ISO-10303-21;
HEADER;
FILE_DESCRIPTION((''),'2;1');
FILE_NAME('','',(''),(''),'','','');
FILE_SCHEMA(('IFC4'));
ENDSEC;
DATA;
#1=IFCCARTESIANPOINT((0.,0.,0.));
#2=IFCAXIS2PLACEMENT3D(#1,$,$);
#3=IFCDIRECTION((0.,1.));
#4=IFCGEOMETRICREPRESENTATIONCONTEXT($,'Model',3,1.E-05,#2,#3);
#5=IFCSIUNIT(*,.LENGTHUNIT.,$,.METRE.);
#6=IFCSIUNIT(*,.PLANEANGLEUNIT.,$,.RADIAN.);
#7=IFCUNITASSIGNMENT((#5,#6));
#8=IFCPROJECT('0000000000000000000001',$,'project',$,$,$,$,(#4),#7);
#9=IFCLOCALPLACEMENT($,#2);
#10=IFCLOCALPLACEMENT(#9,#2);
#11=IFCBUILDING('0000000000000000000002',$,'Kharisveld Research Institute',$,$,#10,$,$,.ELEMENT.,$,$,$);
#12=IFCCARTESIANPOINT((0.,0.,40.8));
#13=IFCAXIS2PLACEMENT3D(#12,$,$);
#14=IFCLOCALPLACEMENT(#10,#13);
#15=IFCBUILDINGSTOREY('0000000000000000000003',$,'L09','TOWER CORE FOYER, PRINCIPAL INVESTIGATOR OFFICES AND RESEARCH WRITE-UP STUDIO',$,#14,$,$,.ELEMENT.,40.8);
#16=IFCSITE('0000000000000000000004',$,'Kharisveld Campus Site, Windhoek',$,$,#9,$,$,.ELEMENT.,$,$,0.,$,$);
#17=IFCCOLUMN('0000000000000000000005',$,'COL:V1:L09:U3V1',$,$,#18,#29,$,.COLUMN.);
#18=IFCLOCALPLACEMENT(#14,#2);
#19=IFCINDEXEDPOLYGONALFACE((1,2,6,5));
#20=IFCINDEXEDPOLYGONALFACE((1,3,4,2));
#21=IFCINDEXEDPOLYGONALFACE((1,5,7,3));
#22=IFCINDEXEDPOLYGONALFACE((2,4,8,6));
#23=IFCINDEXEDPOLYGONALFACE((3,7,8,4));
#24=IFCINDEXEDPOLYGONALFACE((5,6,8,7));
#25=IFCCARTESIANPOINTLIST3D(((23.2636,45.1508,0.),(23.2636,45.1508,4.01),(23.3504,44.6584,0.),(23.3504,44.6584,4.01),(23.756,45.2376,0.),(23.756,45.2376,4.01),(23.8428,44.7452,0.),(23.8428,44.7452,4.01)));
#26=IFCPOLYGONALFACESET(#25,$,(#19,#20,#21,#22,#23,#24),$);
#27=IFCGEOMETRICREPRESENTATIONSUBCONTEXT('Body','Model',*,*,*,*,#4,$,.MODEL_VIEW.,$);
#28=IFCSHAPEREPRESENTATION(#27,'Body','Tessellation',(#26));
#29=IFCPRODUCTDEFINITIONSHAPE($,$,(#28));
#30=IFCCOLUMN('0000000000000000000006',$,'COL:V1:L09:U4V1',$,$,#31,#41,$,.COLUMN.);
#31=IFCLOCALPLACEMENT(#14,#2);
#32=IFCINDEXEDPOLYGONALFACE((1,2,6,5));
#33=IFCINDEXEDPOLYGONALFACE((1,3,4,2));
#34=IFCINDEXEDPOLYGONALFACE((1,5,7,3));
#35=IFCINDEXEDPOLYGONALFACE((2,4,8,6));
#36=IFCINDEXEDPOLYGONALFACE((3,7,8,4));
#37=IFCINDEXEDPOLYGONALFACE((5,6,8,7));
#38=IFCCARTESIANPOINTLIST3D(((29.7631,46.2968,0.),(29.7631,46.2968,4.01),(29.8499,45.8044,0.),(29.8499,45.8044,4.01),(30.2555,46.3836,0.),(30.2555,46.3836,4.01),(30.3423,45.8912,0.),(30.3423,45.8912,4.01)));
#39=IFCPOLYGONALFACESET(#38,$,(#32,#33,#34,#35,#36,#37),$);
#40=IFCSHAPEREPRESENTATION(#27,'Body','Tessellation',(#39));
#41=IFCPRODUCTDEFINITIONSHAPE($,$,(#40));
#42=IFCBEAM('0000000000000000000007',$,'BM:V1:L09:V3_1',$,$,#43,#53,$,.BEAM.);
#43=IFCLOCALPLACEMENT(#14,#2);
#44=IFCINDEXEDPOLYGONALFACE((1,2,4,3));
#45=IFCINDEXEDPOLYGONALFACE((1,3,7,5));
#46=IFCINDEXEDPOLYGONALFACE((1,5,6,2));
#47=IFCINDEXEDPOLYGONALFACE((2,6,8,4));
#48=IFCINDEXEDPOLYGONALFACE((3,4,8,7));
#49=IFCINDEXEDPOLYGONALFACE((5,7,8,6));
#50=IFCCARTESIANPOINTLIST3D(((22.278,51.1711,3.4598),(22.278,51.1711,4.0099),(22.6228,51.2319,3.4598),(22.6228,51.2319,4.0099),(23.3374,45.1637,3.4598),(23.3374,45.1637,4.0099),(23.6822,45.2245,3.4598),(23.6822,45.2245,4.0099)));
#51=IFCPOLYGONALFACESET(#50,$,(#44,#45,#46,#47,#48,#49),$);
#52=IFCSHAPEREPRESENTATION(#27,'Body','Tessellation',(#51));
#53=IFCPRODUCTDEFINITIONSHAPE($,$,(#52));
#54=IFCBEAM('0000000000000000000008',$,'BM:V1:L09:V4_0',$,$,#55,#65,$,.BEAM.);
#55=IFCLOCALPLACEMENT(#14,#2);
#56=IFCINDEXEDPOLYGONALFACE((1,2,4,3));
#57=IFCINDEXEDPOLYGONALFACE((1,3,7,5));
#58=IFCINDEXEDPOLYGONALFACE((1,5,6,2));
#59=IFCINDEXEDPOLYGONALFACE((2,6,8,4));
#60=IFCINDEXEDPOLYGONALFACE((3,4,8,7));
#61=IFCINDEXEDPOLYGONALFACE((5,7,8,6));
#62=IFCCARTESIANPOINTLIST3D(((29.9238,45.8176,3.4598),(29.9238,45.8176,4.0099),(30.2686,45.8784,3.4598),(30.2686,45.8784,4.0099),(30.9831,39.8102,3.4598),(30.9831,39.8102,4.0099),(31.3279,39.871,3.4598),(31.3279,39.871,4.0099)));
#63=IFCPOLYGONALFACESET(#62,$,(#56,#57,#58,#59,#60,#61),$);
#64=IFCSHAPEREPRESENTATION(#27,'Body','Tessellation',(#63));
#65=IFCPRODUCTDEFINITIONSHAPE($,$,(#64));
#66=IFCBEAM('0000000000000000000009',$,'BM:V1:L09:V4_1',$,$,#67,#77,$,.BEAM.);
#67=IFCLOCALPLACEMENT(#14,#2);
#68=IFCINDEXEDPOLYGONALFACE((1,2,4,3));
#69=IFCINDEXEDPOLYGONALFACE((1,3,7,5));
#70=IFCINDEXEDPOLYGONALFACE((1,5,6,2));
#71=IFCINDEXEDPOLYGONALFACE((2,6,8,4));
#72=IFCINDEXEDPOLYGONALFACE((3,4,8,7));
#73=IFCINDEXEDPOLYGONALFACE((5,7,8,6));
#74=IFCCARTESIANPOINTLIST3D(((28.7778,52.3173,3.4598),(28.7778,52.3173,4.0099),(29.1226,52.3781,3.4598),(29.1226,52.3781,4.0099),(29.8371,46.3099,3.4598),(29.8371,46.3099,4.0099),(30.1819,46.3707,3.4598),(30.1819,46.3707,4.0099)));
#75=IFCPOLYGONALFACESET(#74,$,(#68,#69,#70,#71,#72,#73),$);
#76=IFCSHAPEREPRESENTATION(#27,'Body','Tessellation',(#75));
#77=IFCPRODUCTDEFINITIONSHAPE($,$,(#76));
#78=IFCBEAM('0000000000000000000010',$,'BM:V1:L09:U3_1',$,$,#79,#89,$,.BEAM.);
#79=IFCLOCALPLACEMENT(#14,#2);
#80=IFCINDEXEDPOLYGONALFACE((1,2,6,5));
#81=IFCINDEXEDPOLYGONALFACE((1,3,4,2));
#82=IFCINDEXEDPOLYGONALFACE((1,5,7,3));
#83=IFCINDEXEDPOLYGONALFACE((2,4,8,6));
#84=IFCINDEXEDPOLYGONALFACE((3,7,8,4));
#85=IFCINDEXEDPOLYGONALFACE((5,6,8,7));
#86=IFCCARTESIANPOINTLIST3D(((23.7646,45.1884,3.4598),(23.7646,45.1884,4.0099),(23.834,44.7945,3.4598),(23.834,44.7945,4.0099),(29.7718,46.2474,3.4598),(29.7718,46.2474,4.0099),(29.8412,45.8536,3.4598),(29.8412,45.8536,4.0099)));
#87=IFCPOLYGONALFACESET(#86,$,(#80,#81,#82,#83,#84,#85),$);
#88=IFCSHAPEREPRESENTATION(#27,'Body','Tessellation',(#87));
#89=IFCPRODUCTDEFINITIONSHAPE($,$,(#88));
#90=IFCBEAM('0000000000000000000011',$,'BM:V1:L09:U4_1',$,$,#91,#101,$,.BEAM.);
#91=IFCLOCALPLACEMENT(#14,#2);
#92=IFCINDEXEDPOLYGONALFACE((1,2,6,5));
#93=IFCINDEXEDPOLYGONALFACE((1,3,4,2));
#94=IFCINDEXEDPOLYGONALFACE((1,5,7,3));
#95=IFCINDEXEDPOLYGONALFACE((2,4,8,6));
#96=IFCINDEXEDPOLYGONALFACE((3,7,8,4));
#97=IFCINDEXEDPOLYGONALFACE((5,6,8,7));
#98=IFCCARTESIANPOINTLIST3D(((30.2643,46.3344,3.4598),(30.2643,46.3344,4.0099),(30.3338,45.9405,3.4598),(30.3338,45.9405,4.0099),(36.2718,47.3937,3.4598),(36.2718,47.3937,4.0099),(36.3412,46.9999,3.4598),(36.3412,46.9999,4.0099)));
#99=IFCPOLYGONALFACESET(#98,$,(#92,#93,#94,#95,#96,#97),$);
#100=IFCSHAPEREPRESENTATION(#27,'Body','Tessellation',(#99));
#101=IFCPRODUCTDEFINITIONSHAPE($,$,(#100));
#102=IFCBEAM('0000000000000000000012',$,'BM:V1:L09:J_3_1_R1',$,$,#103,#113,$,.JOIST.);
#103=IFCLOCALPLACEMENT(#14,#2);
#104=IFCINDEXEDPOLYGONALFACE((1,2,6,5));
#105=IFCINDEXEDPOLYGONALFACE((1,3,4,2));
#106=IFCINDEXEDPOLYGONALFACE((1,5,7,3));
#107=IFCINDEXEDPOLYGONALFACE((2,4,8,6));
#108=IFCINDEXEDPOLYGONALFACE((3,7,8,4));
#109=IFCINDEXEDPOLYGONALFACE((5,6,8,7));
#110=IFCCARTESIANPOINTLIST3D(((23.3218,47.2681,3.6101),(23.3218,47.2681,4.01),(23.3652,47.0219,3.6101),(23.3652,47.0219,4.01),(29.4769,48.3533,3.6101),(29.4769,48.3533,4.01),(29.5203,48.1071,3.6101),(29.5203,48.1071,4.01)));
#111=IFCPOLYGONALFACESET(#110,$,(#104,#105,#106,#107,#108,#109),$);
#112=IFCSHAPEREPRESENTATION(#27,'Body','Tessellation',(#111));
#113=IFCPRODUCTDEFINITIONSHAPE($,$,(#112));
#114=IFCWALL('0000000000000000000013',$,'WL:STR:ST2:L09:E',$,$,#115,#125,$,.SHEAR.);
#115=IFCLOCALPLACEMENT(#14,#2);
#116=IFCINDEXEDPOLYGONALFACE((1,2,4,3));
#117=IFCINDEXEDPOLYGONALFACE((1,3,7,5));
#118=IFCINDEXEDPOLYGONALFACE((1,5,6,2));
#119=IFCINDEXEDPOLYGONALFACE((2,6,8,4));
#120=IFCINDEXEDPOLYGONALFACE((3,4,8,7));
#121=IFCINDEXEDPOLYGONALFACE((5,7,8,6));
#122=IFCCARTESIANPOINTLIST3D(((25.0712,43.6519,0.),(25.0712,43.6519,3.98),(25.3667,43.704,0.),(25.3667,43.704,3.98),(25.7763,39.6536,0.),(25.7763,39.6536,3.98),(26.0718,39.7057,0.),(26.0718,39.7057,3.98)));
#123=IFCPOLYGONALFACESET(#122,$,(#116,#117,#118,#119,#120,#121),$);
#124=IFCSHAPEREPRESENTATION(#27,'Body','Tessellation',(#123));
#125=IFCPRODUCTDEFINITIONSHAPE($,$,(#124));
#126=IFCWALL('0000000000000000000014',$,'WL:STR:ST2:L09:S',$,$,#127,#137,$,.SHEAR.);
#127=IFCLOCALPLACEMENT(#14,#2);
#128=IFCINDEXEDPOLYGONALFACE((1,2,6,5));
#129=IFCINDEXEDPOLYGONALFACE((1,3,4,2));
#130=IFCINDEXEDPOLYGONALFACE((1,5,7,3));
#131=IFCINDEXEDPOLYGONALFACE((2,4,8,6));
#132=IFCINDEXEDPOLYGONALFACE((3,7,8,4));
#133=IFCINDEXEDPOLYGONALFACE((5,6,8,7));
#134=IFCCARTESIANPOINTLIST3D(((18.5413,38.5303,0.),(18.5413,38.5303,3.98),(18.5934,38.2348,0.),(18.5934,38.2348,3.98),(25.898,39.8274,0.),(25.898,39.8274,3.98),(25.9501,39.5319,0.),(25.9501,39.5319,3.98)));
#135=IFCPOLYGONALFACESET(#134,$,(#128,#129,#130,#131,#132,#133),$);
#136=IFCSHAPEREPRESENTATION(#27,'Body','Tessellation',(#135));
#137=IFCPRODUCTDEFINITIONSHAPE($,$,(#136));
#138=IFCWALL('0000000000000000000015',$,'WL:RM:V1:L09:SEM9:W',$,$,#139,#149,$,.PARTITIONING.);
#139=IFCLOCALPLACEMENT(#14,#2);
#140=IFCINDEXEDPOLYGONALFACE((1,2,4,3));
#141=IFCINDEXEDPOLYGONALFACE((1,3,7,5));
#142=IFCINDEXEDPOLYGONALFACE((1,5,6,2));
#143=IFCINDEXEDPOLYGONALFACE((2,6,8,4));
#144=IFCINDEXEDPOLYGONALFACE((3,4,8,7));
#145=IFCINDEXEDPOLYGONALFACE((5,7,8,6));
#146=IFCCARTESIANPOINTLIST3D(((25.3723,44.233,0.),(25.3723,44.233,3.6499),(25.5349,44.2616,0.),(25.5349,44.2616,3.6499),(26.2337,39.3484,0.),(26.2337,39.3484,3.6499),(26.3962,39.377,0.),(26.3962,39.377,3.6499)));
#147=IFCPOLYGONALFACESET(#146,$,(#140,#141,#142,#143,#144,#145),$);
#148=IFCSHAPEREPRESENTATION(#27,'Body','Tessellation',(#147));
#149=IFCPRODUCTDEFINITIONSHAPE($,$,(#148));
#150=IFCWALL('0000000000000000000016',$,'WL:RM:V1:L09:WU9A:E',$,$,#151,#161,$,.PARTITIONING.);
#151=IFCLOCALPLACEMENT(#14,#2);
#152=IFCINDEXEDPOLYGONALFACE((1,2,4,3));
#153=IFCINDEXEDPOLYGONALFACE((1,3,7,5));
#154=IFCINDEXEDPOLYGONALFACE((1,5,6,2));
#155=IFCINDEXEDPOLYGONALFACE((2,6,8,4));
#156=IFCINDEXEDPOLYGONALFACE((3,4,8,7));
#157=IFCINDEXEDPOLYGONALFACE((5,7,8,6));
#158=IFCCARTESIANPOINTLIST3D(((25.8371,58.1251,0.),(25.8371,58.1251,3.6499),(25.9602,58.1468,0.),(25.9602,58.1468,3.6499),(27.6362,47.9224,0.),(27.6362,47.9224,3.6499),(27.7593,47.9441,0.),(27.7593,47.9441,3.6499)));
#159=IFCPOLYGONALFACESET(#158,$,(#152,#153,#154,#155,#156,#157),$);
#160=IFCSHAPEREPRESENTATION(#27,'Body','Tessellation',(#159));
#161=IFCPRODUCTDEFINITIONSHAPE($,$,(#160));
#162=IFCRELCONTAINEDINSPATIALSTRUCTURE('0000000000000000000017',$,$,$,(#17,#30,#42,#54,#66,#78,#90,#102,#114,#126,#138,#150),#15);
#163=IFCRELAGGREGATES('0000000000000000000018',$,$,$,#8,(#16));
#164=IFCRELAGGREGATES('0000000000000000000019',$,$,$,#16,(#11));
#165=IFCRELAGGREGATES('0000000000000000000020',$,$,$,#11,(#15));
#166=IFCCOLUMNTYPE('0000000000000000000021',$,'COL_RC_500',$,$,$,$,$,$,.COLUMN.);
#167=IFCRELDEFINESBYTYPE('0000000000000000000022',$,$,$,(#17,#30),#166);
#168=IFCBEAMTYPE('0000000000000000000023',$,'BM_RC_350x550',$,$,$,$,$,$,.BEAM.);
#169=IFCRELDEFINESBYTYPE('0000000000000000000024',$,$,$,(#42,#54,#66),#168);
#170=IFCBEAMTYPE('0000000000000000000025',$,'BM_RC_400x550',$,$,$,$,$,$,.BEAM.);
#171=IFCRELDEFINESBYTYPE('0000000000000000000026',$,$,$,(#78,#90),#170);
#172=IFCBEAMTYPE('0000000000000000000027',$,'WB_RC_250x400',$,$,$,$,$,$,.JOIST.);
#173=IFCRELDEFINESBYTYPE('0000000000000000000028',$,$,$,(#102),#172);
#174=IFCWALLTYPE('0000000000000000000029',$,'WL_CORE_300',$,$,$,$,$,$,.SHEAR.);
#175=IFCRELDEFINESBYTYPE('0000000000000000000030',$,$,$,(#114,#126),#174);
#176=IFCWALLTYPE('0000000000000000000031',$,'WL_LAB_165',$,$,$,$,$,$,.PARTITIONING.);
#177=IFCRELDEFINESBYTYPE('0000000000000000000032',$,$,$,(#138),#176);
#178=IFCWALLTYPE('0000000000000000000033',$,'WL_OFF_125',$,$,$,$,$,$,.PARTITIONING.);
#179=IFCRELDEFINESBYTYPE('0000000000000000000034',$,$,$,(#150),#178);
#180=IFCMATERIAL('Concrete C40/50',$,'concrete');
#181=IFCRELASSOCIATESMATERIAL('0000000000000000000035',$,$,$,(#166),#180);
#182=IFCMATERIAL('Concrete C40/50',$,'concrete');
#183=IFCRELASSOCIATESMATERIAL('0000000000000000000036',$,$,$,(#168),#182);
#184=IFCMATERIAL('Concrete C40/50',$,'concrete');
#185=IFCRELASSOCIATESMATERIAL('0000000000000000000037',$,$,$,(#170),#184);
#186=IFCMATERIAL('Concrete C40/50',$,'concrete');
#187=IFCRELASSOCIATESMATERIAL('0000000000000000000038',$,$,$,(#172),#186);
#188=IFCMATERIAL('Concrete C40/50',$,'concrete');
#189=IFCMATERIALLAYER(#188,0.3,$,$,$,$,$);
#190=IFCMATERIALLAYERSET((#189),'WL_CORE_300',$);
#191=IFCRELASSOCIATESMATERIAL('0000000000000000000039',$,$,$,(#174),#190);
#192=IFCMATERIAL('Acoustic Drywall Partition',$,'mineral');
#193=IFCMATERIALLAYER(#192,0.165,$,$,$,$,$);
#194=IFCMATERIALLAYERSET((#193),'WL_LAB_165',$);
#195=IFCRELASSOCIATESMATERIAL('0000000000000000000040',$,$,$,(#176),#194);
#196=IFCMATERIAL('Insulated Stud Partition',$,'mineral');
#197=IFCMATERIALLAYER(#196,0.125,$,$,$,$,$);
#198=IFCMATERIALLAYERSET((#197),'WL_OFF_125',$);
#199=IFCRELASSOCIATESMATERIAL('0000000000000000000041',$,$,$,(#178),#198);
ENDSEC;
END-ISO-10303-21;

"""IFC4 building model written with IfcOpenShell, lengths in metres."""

from ifc_helpers import new_model, si_unit, direction, frame, frame_2d, origin, origin_2d, place, context, subcontext, project, spatial, rectangle, extrude, material, layer, layer_set, material_profile, profile_set, type_object, element, save


model = new_model("IFC4")

# Units and contexts
model_context = context("Model", 3, precision=1e-05, world=origin(), true_north=direction((0.0, 1.0)))
body_context = subcontext(model_context, "Body", "Model", "MODEL_VIEW")
ifc_project = project(units=[si_unit("LENGTHUNIT", "METRE"), si_unit("PLANEANGLEUNIT", "RADIAN")], contexts=[model_context])

# Site, building, storey
site_placement = place(None, origin())
site = spatial("IfcSite", under=ifc_project, at=site_placement, Name="Kharisveld Campus Site, Windhoek", CompositionType="ELEMENT", RefElevation=0.0)
building_placement = place(site_placement, origin())
building = spatial("IfcBuilding", under=site, at=building_placement, Name="Kharisveld Research Institute", CompositionType="ELEMENT")
storey_placement = place(building_placement, frame((0.0, 0.0, 40.8)))
storey = spatial("IfcBuildingStorey", under=building, at=storey_placement, Name="L09", Description="TOWER CORE FOYER, PRINCIPAL INVESTIGATOR OFFICES AND RESEARCH WRITE-UP STUDIO", CompositionType="ELEMENT", Elevation=40.8)

# Columns
ifc_material_1 = material(Name="Concrete C40/50", Category="concrete")
ifc_material_profile_1 = material_profile(ifc_material_1, rectangle(XDim=0.5, YDim=0.5, at=origin_2d()))
ifc_profile_set_1 = profile_set([ifc_material_profile_1], Name="Concrete C40/50")
column_type = type_object("IfcColumnType", Name="COL_RC_500", PredefinedType="COLUMN", material=ifc_profile_set_1)
for number, where, z_axis, x_axis, name in (
    (1, (23.5532, 44.948, 0.0), (0.0, 0.0, 1.0), (0.984808, 0.173648, 0.0), "COL:V1:L09:U3V1"),
    (2, (30.0527, 46.094, 0.0), (0.0, 0.0, 1.0), (0.984808, 0.173648, 0.0), "COL:V1:L09:U4V1"),
):
    element("IfcColumn", number, at=place(storey_placement, frame(where, z_axis=z_axis, x_axis=x_axis)), inside=storey, type_object=column_type, Name=name, PredefinedType="COLUMN", context=body_context, shape_type="SweptSolid", body=[
        extrude(rectangle(XDim=0.5, YDim=0.5, at=origin_2d()), origin(), (0.0, 0.0, 1.0), 4.01),
    ])

# Beams
ifc_material_2 = material(Name="Concrete C40/50", Category="concrete")
ifc_material_profile_2 = material_profile(ifc_material_2, rectangle(XDim=0.3501, YDim=0.55, at=origin_2d()))
ifc_profile_set_2 = profile_set([ifc_material_profile_2], Name="Concrete C40/50")
beam_type_1 = type_object("IfcBeamType", Name="BM_RC_350x550", PredefinedType="BEAM", material=ifc_profile_set_2)
for number, where, z_axis, x_axis, name in (
    (3, (23.5098, 45.1941, 3.7349), (-0.17366, 0.984806, 0.0), (-0.984806, -0.17366, 0.0), "BM:V1:L09:V3_1"),
    (4, (31.1555, 39.8406, 3.7349), (-0.17366, 0.984806, 0.0), (-0.984806, -0.17366, 0.0), "BM:V1:L09:V4_0"),
    (5, (30.0095, 46.3403, 3.7349), (-0.17366, 0.984806, 0.0), (-0.984806, -0.17366, 0.0), "BM:V1:L09:V4_1"),
):
    element("IfcBeam", number, at=place(storey_placement, frame(where, z_axis=z_axis, x_axis=x_axis)), inside=storey, type_object=beam_type_1, Name=name, PredefinedType="BEAM", context=body_context, shape_type="SweptSolid", body=[
        extrude(rectangle(XDim=0.3501, YDim=0.55, at=origin_2d()), origin(), (0.0, 0.0, 1.0), 6.1001),
    ])
ifc_material_3 = material(Name="Concrete C40/50", Category="concrete")
ifc_material_profile_3 = material_profile(ifc_material_3, rectangle(XDim=0.3999, YDim=0.55, at=origin_2d()))
ifc_profile_set_3 = profile_set([ifc_material_profile_3], Name="Concrete C40/50")
beam_type_2 = type_object("IfcBeamType", Name="BM_RC_400x550", PredefinedType="BEAM", material=ifc_profile_set_3)
beam_1_placement = place(storey_placement, frame((23.7993, 44.9915, 3.7349), z_axis=(0.984813, 0.173621, 0.0), x_axis=(-0.173621, 0.984813, 0.0)))
element("IfcBeam", 6, at=beam_1_placement, inside=storey, type_object=beam_type_2, Name="BM:V1:L09:U3_1", PredefinedType="BEAM", context=body_context, shape_type="SweptSolid", body=[
    extrude(rectangle(XDim=0.3999, YDim=0.55, at=origin_2d()), origin(), (0.0, 0.0, 1.0), 6.0999),
])
beam_2_placement = place(storey_placement, frame((30.2991, 46.1375, 3.7349), z_axis=(0.984806, 0.17366, 0.0), x_axis=(-0.17366, 0.984806, 0.0)))
element("IfcBeam", 7, at=beam_2_placement, inside=storey, type_object=beam_type_2, Name="BM:V1:L09:U4_1", PredefinedType="BEAM", context=body_context, shape_type="SweptSolid", body=[
    extrude(rectangle(XDim=0.3999, YDim=0.55, at=origin_2d()), origin(), (0.0, 0.0, 1.0), 6.1001),
])
ifc_material_4 = material(Name="Concrete C40/50", Category="concrete")
ifc_material_profile_4 = material_profile(ifc_material_4, rectangle(XDim=0.25, YDim=0.3999, at=origin_2d()))
ifc_profile_set_4 = profile_set([ifc_material_profile_4], Name="Concrete C40/50")
beam_type_3 = type_object("IfcBeamType", Name="WB_RC_250x400", PredefinedType="JOIST", material=ifc_profile_set_4)
beam_3_placement = place(storey_placement, frame((23.3435, 47.145, 3.8101), z_axis=(0.98481, 0.173634, 0.0), x_axis=(-0.173634, 0.98481, 0.0)))
element("IfcBeam", 8, at=beam_3_placement, inside=storey, type_object=beam_type_3, Name="BM:V1:L09:J_3_1_R1", PredefinedType="JOIST", context=body_context, shape_type="SweptSolid", body=[
    extrude(rectangle(XDim=0.25, YDim=0.3999, at=origin_2d()), origin(), (0.0, 0.0, 1.0), 6.25),
])

# Walls
ifc_material_5 = material(Name="Concrete C40/50", Category="concrete")
ifc_layer_1 = layer(ifc_material_5, 0.3)
ifc_layer_set_1 = layer_set([ifc_layer_1], Name="WL_CORE_300")
wall_type_1 = type_object("IfcWallType", Name="WL_CORE_300", PredefinedType="SHEAR", material=ifc_layer_set_1)
wall_1_placement = place(storey_placement, frame((25.219, 43.678, 0.0), z_axis=(0.0, 0.0, 1.0), x_axis=(0.173665, -0.984805, 0.0)))
element("IfcWall", 9, at=wall_1_placement, inside=storey, type_object=wall_type_1, Name="WL:STR:ST2:L09:E", PredefinedType="SHEAR", context=body_context, shape_type="SweptSolid", body=[
    extrude(rectangle(XDim=4.0601, YDim=0.3, at=frame_2d((2.03, 0.0))), origin(), (0.0, 0.0, 1.0), 3.98),
])
wall_2_placement = place(storey_placement, frame((25.9241, 39.6797, 0.0), z_axis=(0.0, 0.0, 1.0), x_axis=(-0.984809, -0.17364, 0.0)))
element("IfcWall", 10, at=wall_2_placement, inside=storey, type_object=wall_type_1, Name="WL:STR:ST2:L09:S", PredefinedType="SHEAR", context=body_context, shape_type="SweptSolid", body=[
    extrude(rectangle(XDim=7.4702, YDim=0.3, at=frame_2d((3.7351, 0.0))), origin(), (0.0, 0.0, 1.0), 3.98),
])
ifc_material_6 = material(Name="Acoustic Drywall Partition", Category="mineral")
ifc_layer_2 = layer(ifc_material_6, 0.165)
ifc_layer_set_2 = layer_set([ifc_layer_2], Name="WL_LAB_165")
wall_type_2 = type_object("IfcWallType", Name="WL_LAB_165", PredefinedType="PARTITIONING", material=ifc_layer_set_2)
wall_3_placement = place(storey_placement, frame((25.4536, 44.2473, 0.0), z_axis=(0.0, 0.0, 1.0), x_axis=(0.173659, -0.984806, 0.0)))
element("IfcWall", 11, at=wall_3_placement, inside=storey, type_object=wall_type_2, Name="WL:RM:V1:L09:SEM9:W", PredefinedType="PARTITIONING", context=body_context, shape_type="SweptSolid", body=[
    extrude(rectangle(XDim=4.96, YDim=0.165, at=frame_2d((2.48, 0.0))), origin(), (0.0, 0.0, 1.0), 3.6499),
])
ifc_material_7 = material(Name="Insulated Stud Partition", Category="mineral")
ifc_layer_3 = layer(ifc_material_7, 0.125)
ifc_layer_set_3 = layer_set([ifc_layer_3], Name="WL_OFF_125")
wall_type_3 = type_object("IfcWallType", Name="WL_OFF_125", PredefinedType="PARTITIONING", material=ifc_layer_set_3)
wall_4_placement = place(storey_placement, frame((27.6978, 47.9331, 0.0), z_axis=(0.0, 0.0, 1.0), x_axis=(-0.173655, 0.984807, 0.0)))
element("IfcWall", 12, at=wall_4_placement, inside=storey, type_object=wall_type_3, Name="WL:RM:V1:L09:WU9A:E", PredefinedType="PARTITIONING", context=body_context, shape_type="SweptSolid", body=[
    extrude(rectangle(XDim=10.3601, YDim=0.125, at=frame_2d((5.1802, 0.0))), origin(), (0.0, 0.0, 1.0), 3.6499),
])

save(model, "model.ifc")
